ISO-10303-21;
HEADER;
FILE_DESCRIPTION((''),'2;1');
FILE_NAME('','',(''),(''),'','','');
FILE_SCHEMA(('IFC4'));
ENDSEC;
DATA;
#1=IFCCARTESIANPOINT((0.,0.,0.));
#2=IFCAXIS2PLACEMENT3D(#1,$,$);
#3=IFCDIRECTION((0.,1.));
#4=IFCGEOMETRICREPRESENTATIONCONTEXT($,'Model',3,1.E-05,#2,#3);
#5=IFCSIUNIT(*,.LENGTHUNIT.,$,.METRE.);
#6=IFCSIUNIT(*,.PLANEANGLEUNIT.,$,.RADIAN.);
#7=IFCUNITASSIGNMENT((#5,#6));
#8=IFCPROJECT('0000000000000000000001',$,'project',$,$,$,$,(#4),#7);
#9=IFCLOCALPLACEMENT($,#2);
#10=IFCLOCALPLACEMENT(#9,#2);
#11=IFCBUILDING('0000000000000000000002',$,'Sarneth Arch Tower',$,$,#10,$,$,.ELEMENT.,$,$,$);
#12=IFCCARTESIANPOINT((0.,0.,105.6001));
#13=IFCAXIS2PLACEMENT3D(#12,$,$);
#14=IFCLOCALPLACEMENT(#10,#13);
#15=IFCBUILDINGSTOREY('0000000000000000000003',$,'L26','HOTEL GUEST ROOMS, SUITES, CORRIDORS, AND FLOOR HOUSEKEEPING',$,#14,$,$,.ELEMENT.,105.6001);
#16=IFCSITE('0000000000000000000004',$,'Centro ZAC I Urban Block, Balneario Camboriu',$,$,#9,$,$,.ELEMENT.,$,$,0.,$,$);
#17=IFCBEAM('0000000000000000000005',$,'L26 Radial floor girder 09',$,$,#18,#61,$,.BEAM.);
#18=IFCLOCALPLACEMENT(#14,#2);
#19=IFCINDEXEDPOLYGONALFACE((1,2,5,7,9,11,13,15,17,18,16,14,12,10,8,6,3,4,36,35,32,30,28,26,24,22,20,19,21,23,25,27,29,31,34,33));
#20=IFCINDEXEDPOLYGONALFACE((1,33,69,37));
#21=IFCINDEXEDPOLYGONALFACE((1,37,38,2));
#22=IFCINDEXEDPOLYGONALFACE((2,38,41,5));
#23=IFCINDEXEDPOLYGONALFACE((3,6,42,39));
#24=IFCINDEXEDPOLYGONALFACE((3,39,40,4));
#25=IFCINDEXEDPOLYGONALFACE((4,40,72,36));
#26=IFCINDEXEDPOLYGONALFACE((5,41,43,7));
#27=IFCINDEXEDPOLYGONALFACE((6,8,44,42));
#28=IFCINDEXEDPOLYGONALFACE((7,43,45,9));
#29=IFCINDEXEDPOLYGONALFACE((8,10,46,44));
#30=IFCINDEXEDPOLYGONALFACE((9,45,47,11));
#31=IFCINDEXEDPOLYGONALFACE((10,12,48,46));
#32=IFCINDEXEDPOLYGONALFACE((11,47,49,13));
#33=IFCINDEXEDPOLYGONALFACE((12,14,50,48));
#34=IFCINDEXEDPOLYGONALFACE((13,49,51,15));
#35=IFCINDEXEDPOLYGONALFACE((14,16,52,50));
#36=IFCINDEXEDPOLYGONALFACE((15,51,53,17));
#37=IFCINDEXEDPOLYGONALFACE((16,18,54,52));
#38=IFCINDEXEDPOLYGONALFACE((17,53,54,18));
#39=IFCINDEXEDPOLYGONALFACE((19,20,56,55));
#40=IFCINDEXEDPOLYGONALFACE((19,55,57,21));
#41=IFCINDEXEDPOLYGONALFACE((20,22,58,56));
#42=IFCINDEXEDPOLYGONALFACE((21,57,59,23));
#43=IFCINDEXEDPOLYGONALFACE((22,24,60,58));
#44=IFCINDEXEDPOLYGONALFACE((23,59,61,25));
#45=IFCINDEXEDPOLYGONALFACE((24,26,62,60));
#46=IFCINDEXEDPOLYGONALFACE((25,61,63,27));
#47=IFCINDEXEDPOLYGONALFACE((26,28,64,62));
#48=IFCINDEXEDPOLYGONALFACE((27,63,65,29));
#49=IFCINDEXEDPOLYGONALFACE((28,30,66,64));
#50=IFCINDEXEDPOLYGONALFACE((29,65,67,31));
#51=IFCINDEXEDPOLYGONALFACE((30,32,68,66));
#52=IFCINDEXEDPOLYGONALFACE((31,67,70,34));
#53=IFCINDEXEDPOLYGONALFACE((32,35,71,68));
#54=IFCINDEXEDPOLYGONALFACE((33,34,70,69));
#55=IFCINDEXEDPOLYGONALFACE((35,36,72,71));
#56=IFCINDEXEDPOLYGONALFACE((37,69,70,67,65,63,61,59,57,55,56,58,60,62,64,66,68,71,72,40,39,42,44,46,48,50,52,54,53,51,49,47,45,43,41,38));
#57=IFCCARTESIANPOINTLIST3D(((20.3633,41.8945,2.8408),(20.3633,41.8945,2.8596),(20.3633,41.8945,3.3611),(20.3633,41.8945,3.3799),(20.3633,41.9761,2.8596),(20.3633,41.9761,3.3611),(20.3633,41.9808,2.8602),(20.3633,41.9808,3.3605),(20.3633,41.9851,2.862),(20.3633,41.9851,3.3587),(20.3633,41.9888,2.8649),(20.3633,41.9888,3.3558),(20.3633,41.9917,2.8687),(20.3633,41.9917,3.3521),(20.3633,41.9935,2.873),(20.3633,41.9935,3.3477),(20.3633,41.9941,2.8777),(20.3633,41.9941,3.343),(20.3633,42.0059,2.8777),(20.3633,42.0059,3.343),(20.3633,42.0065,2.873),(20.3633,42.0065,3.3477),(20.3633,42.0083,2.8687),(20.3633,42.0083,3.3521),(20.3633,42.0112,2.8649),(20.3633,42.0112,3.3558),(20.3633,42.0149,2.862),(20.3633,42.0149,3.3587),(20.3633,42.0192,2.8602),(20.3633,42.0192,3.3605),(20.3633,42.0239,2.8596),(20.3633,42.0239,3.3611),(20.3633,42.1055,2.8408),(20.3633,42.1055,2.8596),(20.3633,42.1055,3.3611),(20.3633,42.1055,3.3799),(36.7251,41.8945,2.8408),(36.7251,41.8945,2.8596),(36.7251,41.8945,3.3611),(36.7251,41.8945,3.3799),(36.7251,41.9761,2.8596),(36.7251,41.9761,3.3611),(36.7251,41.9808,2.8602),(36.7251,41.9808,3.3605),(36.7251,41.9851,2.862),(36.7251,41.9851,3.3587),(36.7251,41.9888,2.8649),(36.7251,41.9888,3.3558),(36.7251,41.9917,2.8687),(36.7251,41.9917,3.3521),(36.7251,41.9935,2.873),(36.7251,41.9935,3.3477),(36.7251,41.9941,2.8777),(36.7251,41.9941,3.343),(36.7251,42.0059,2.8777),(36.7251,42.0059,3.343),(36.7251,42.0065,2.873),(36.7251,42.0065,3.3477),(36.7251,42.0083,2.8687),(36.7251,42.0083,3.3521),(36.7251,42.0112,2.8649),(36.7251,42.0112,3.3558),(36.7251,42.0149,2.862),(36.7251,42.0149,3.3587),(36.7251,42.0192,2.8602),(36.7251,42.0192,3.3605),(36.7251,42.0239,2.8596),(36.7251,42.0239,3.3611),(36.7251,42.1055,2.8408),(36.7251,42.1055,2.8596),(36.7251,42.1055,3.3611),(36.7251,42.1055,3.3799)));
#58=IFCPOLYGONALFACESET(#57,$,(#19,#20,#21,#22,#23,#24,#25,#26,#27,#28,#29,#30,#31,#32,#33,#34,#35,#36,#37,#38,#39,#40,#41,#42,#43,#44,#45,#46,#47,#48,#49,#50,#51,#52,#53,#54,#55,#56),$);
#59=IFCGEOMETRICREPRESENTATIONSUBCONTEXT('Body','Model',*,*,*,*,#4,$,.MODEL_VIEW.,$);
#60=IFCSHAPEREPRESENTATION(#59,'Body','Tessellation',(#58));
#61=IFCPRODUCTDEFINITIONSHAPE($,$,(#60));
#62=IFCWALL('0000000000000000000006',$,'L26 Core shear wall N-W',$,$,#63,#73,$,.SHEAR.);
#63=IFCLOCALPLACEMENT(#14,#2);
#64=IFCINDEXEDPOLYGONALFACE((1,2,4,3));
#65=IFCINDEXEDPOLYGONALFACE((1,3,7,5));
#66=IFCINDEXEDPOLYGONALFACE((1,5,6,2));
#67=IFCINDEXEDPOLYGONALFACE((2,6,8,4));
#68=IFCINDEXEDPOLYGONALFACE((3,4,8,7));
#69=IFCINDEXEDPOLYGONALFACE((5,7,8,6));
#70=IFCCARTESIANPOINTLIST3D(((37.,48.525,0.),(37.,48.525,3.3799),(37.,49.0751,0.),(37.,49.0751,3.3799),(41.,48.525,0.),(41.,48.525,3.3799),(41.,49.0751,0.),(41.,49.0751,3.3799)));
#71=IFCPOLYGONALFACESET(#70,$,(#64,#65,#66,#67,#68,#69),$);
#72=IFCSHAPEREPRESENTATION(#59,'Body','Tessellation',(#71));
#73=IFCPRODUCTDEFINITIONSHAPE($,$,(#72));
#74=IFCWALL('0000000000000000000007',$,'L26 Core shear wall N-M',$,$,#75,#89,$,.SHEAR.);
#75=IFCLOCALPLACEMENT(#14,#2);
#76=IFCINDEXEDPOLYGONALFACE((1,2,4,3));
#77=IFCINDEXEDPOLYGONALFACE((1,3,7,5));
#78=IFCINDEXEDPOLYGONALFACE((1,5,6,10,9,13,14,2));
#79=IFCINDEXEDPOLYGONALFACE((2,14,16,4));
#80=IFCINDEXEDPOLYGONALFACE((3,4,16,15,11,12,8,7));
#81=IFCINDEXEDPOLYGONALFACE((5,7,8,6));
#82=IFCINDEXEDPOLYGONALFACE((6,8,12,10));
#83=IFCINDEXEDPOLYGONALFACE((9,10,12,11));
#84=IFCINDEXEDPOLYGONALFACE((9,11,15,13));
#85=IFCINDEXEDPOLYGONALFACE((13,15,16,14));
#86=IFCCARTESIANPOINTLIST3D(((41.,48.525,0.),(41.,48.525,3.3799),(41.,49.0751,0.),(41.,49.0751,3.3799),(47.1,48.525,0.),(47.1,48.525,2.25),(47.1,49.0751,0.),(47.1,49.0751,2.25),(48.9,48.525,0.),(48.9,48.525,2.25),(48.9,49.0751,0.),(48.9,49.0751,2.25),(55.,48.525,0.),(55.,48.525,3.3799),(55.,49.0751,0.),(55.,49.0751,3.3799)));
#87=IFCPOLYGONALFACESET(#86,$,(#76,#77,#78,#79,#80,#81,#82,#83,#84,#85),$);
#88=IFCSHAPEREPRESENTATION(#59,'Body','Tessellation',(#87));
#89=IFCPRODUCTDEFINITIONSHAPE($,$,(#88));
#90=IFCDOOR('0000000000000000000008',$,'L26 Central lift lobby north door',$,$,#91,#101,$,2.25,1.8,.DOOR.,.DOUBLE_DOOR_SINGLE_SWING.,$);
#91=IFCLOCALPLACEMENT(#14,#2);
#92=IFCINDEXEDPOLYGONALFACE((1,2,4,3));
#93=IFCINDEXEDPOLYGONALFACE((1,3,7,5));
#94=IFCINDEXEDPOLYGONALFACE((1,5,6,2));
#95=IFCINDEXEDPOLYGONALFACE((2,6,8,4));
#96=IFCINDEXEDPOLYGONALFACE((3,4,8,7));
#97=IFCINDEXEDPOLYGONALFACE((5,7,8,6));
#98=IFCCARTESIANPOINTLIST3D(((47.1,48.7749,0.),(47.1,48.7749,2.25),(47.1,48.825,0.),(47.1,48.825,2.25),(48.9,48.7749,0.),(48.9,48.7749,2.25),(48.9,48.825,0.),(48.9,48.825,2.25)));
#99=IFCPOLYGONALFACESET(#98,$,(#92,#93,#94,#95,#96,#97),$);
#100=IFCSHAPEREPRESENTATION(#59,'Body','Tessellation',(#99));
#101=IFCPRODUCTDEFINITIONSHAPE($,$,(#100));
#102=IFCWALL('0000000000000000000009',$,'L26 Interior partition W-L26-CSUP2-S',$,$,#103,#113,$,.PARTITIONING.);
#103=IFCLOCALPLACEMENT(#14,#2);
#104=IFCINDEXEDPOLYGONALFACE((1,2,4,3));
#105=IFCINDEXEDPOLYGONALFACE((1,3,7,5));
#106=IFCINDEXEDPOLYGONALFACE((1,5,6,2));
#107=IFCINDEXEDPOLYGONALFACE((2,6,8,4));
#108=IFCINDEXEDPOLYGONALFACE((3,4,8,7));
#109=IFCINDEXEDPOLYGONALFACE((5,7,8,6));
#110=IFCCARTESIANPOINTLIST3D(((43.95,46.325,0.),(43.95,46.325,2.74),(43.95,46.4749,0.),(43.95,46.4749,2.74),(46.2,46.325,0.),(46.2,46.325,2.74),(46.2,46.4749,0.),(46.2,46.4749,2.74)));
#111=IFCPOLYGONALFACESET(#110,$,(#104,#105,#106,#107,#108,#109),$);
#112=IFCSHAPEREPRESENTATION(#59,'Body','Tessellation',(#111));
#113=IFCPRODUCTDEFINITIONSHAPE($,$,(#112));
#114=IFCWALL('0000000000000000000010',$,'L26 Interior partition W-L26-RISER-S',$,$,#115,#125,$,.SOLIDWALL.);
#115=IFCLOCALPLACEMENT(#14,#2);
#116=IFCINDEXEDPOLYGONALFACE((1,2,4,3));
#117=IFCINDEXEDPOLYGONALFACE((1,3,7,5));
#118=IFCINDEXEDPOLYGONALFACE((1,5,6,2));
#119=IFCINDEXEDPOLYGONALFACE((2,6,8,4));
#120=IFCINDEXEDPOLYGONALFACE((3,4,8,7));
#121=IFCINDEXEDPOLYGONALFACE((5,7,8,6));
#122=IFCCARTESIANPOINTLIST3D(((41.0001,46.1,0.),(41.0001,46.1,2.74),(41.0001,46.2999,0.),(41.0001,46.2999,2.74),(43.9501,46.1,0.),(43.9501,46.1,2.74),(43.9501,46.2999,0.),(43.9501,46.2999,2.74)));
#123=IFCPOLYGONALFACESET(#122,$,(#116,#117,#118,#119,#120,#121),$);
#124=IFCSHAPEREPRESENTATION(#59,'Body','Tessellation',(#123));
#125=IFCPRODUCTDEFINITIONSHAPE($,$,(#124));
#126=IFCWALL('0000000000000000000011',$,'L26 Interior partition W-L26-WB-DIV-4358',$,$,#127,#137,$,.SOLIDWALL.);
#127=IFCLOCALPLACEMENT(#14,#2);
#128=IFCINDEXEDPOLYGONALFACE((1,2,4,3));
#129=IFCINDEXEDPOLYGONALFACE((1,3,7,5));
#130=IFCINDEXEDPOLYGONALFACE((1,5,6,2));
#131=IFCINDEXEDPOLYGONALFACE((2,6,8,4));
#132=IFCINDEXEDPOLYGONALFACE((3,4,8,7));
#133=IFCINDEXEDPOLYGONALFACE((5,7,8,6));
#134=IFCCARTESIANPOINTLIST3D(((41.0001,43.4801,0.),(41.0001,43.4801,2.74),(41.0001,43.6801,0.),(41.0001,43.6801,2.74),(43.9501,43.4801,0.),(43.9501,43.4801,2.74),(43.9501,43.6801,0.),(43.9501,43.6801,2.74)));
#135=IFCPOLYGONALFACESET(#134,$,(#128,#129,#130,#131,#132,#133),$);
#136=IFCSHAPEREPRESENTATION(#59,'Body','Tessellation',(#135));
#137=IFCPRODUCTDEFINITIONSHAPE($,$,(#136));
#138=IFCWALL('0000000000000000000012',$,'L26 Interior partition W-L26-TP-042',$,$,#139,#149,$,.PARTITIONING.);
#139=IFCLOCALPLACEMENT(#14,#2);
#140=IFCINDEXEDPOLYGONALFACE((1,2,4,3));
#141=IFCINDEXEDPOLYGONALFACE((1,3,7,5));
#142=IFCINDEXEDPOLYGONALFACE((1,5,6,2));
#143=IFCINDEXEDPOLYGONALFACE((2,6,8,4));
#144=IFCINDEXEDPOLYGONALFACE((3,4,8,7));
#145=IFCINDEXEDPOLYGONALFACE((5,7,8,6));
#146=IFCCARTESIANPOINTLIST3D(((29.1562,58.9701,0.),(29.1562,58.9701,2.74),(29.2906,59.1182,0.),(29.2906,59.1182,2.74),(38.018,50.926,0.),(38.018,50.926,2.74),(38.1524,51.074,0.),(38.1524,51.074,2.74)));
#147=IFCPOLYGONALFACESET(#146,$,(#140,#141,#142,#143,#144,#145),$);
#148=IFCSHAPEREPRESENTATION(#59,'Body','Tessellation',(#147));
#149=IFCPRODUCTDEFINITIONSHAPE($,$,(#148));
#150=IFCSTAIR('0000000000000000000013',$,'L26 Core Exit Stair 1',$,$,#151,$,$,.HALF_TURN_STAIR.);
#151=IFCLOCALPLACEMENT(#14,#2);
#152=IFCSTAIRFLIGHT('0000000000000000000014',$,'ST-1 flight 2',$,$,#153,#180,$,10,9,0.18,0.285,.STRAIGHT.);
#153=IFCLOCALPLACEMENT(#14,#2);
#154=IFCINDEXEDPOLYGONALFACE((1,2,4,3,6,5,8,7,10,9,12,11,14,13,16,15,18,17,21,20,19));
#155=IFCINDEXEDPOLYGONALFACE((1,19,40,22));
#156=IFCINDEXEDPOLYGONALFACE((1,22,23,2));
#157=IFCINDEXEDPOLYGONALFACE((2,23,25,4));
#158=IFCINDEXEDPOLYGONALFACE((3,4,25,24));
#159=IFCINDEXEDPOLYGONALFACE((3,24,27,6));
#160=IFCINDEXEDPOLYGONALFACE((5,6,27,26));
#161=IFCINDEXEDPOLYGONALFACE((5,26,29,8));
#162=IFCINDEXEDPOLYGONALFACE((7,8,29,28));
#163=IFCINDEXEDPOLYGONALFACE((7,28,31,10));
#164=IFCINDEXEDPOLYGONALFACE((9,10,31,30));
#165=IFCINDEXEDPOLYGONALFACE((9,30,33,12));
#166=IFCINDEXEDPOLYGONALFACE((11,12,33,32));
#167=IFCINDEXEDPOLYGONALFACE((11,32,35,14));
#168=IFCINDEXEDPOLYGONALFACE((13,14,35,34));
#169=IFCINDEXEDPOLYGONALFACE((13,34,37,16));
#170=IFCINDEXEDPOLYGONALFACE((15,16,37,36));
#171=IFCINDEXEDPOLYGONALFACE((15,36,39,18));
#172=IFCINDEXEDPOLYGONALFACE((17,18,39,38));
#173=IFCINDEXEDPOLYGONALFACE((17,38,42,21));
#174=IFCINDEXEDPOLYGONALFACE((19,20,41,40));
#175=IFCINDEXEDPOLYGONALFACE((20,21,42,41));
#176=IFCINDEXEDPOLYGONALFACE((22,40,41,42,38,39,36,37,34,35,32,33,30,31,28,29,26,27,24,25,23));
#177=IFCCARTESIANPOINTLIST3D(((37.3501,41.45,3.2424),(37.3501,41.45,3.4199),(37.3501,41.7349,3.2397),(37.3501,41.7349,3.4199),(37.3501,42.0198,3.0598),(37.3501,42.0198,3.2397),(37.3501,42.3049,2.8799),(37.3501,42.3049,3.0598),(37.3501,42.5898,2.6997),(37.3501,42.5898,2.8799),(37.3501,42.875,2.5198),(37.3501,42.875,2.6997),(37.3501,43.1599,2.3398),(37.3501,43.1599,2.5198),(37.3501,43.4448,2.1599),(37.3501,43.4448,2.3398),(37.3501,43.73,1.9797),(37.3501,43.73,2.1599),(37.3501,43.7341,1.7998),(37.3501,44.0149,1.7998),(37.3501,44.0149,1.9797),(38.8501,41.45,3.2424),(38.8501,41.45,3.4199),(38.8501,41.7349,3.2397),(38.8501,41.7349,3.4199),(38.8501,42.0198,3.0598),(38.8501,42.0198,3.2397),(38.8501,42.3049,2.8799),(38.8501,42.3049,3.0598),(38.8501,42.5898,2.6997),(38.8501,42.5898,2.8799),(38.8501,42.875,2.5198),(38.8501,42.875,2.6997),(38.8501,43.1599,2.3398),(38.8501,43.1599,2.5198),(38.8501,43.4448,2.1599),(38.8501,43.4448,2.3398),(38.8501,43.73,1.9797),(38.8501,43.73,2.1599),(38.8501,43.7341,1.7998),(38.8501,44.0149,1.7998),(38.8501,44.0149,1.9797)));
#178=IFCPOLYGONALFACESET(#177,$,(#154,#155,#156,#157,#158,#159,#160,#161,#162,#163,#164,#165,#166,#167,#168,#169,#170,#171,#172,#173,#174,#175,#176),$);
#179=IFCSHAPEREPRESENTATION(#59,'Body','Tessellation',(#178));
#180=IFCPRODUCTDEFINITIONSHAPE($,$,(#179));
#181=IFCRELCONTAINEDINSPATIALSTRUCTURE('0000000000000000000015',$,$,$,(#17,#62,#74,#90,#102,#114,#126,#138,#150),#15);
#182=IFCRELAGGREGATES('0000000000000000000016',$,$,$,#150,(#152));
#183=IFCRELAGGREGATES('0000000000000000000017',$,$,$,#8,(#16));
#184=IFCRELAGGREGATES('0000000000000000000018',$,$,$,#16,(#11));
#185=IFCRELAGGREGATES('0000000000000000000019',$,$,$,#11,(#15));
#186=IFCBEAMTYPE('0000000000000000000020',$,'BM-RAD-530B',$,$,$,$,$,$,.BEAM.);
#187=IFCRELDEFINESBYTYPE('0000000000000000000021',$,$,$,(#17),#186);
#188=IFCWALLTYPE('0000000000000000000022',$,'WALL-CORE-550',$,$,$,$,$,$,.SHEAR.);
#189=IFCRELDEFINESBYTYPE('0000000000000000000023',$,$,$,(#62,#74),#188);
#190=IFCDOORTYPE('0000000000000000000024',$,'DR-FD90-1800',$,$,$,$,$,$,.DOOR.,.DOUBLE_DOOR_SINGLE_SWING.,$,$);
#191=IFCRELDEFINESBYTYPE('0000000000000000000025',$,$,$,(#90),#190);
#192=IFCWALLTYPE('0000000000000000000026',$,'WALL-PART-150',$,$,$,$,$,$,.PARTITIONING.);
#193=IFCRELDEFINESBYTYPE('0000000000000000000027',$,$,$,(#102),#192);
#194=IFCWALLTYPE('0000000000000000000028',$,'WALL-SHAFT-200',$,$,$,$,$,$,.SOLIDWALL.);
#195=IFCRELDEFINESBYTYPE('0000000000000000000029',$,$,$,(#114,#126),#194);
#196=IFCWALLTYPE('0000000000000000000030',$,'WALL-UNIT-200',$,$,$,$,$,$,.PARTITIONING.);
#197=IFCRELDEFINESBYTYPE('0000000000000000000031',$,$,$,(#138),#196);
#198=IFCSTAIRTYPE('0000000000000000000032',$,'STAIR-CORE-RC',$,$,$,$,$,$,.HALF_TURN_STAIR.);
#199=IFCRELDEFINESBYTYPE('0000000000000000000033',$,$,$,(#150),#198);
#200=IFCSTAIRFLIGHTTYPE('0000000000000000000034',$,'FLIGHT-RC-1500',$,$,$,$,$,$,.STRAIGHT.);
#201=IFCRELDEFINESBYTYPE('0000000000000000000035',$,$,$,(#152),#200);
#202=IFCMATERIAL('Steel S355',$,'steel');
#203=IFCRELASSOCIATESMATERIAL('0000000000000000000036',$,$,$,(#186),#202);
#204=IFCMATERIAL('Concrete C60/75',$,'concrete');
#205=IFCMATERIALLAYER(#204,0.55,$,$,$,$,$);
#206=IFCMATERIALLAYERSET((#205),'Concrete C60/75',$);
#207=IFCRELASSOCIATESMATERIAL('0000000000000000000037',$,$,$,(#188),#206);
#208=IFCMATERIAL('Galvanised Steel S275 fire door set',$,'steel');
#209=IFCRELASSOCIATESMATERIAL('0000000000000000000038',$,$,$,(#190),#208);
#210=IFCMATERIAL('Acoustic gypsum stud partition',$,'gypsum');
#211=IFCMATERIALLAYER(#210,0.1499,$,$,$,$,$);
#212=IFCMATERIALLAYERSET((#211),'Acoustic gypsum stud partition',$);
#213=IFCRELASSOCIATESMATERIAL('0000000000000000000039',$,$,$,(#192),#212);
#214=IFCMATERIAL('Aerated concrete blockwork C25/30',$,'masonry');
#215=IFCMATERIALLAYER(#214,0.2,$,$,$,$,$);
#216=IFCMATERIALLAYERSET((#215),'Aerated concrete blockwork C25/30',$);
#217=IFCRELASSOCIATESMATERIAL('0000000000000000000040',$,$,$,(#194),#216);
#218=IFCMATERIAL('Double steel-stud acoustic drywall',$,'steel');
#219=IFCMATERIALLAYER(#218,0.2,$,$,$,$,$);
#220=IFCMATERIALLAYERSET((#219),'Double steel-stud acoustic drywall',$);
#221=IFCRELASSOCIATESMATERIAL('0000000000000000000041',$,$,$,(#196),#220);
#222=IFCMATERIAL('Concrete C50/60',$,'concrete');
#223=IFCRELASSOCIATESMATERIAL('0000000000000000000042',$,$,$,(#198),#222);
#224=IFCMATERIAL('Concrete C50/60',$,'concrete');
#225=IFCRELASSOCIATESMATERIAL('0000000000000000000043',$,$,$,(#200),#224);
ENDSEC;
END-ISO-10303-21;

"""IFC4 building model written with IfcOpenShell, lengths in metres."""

from ifc_helpers import new_model, si_unit, direction, frame, frame_2d, origin, origin_2d, place, context, subcontext, project, spatial, polyline, rectangle, i_section, outline, extrude, material, layer, layer_set, material_profile, profile_set, type_object, element, fill, aggregate, save


model = new_model("IFC4")

# Units and contexts
model_context = context("Model", 3, precision=1e-05, world=origin(), true_north=direction((0.0, 1.0)))
body_context = subcontext(model_context, "Body", "Model", "MODEL_VIEW")
ifc_project = project(units=[si_unit("LENGTHUNIT", "METRE"), si_unit("PLANEANGLEUNIT", "RADIAN")], contexts=[model_context])

# Site, building, storey
site_placement = place(None, origin())
site = spatial("IfcSite", under=ifc_project, at=site_placement, Name="Centro ZAC I Urban Block, Balneario Camboriu", CompositionType="ELEMENT", RefElevation=0.0)
building_placement = place(site_placement, origin())
building = spatial("IfcBuilding", under=site, at=building_placement, Name="Sarneth Arch Tower", CompositionType="ELEMENT")
storey_placement = place(building_placement, frame((0.0, 0.0, 105.6001)))
storey = spatial("IfcBuildingStorey", under=building, at=storey_placement, Name="L26", Description="HOTEL GUEST ROOMS, SUITES, CORRIDORS, AND FLOOR HOUSEKEEPING", CompositionType="ELEMENT", Elevation=105.6001)

# Beam
ifc_material_1 = material(Name="Steel S355", Category="steel")
ifc_material_profile = material_profile(ifc_material_1, i_section(OverallWidth=0.2109, OverallDepth=0.5391, WebThickness=0.0117, FlangeThickness=0.0188, FilletRadius=0.0181, at=origin_2d()), Name="W530x109")
ifc_profile_set = profile_set([ifc_material_profile], Name="Steel S355")
beam_type = type_object("IfcBeamType", Name="BM-RAD-530B", PredefinedType="BEAM", material=ifc_profile_set)
beam_1_placement = place(storey_placement, frame((36.7251, 42.0, 3.1104), z_axis=(-1.0, 0.0, 0.0), x_axis=(0.0, -1.0, 0.0)))
element("IfcBeam", 1, at=beam_1_placement, inside=storey, type_object=beam_type, Name="L26 Radial floor girder 09", PredefinedType="BEAM", context=body_context, shape_type="SweptSolid", body=[
    extrude(i_section(OverallWidth=0.2109, OverallDepth=0.5391, WebThickness=0.0117, FlangeThickness=0.0188, FilletRadius=0.0181, at=origin_2d()), origin(), (0.0, 0.0, 1.0), 16.3618),
])

# Wall
ifc_material_2 = material(Name="Concrete C60/75", Category="concrete")
ifc_layer_1 = layer(ifc_material_2, 0.55)
ifc_layer_set_1 = layer_set([ifc_layer_1], Name="Concrete C60/75")
wall_type_1 = type_object("IfcWallType", Name="WALL-CORE-550", PredefinedType="SHEAR", material=ifc_layer_set_1)
wall_1_placement = place(storey_placement, frame((37.0, 48.8, 0.0), z_axis=(0.0, 0.0, 1.0), x_axis=(1.0, 0.0, 0.0)))
element("IfcWall", 2, at=wall_1_placement, inside=storey, type_object=wall_type_1, Name="L26 Core shear wall N-W", PredefinedType="SHEAR", context=body_context, shape_type="SweptSolid", body=[
    extrude(rectangle(XDim=4.0, YDim=0.55, at=frame_2d((2.0, 0.0))), origin(), (0.0, 0.0, 1.0), 3.3799),
])

# Wall, opening, door
wall_2_placement = place(storey_placement, frame((41.0, 48.8, 0.0), z_axis=(0.0, 0.0, 1.0), x_axis=(1.0, 0.0, 0.0)))
wall_2 = element("IfcWall", 3, at=wall_2_placement, inside=storey, type_object=wall_type_1, Name="L26 Core shear wall N-M", PredefinedType="SHEAR", context=body_context, shape_type="SweptSolid", body=[
    extrude(rectangle(XDim=14.0, YDim=0.55, at=frame_2d((7.0, 0.0))), origin(), (0.0, 0.0, 1.0), 3.3799),
])
opening_1_placement = place(wall_2_placement, frame((6.1001, 0.0, 0.0)))
opening_1 = element("IfcOpeningElement", 4, at=opening_1_placement, cuts=wall_2, PredefinedType="OPENING", context=body_context, shape_type="SweptSolid", body=[
    extrude(rectangle(XDim=1.8, YDim=2.25, at=frame_2d((0.8999, 1.125))), frame((0.0, 0.2849, 0.0), z_axis=(0.0, -1.0, 0.0), x_axis=(1.0, 0.0, 0.0)), (0.0, 0.0, 1.0), 0.5701),
])
ifc_material_3 = material(Name="Galvanised Steel S275 fire door set", Category="steel")
door_type_1 = type_object("IfcDoorType", Name="DR-FD90-1800", OperationType="DOUBLE_DOOR_SINGLE_SWING", PredefinedType="DOOR", material=ifc_material_3)
door_1_placement = place(opening_1_placement, origin())
door_1 = element("IfcDoor", 5, at=door_1_placement, inside=storey, type_object=door_type_1, Name="L26 Central lift lobby north door", OperationType="DOUBLE_DOOR_SINGLE_SWING", OverallHeight=2.25, OverallWidth=1.8, PredefinedType="DOOR", context=body_context, shape_type="SweptSolid", body=[
    extrude(rectangle(XDim=1.8, YDim=2.25, at=frame_2d((0.8999, 1.125))), frame((0.0, 0.0249, 0.0), z_axis=(0.0, -1.0, 0.0), x_axis=(1.0, 0.0, 0.0)), (0.0, 0.0, 1.0), 0.05),
])
fill(opening_1, door_1)

# Wall
ifc_material_4 = material(Name="Acoustic gypsum stud partition", Category="gypsum")
ifc_layer_2 = layer(ifc_material_4, 0.1499)
ifc_layer_set_2 = layer_set([ifc_layer_2], Name="Acoustic gypsum stud partition")
wall_type_2 = type_object("IfcWallType", Name="WALL-PART-150", PredefinedType="PARTITIONING", material=ifc_layer_set_2)
wall_3_placement = place(storey_placement, frame((43.95, 46.3999, 0.0), z_axis=(0.0, 0.0, 1.0), x_axis=(1.0, 0.0, 0.0)))
element("IfcWall", 6, at=wall_3_placement, inside=storey, type_object=wall_type_2, Name="L26 Interior partition W-L26-CSUP2-S", PredefinedType="PARTITIONING", context=body_context, shape_type="SweptSolid", body=[
    extrude(rectangle(XDim=2.25, YDim=0.1499, at=frame_2d((1.125, 0.0))), origin(), (0.0, 0.0, 1.0), 2.74),
])

# Wall
ifc_material_5 = material(Name="Aerated concrete blockwork C25/30", Category="masonry")
ifc_layer_3 = layer(ifc_material_5, 0.2)
ifc_layer_set_3 = layer_set([ifc_layer_3], Name="Aerated concrete blockwork C25/30")
wall_type_3 = type_object("IfcWallType", Name="WALL-SHAFT-200", PredefinedType="SOLIDWALL", material=ifc_layer_set_3)
wall_4_placement = place(storey_placement, frame((41.0, 46.2, 0.0), z_axis=(0.0, 0.0, 1.0), x_axis=(1.0, 0.0, 0.0)))
element("IfcWall", 7, at=wall_4_placement, inside=storey, type_object=wall_type_3, Name="L26 Interior partition W-L26-RISER-S", PredefinedType="SOLIDWALL", context=body_context, shape_type="SweptSolid", body=[
    extrude(rectangle(XDim=2.95, YDim=0.2, at=frame_2d((1.4751, 0.0))), origin(), (0.0, 0.0, 1.0), 2.74),
])

# Walls
wall_5_placement = place(storey_placement, frame((41.0, 43.5801, 0.0), z_axis=(0.0, 0.0, 1.0), x_axis=(1.0, 0.0, 0.0)))
element("IfcWall", 8, at=wall_5_placement, inside=storey, type_object=wall_type_3, Name="L26 Interior partition W-L26-WB-DIV-4358", PredefinedType="SOLIDWALL", context=body_context, shape_type="SweptSolid", body=[
    extrude(rectangle(XDim=2.95, YDim=0.2, at=frame_2d((1.4751, 0.0))), origin(), (0.0, 0.0, 1.0), 2.74),
])
ifc_material_6 = material(Name="Double steel-stud acoustic drywall", Category="steel")
ifc_layer_4 = layer(ifc_material_6, 0.2)
ifc_layer_set_4 = layer_set([ifc_layer_4], Name="Double steel-stud acoustic drywall")
wall_type_4 = type_object("IfcWallType", Name="WALL-UNIT-200", PredefinedType="PARTITIONING", material=ifc_layer_set_4)
wall_6_placement = place(storey_placement, frame((38.0852, 51.0, 0.0), z_axis=(0.0, 0.0, 1.0), x_axis=(-0.740439, 0.672123, 0.0)))
element("IfcWall", 9, at=wall_6_placement, inside=storey, type_object=wall_type_4, Name="L26 Interior partition W-L26-TP-042", PredefinedType="PARTITIONING", context=body_context, shape_type="SweptSolid", body=[
    extrude(rectangle(XDim=11.9683, YDim=0.2, at=frame_2d((5.9841, 0.0))), origin(), (0.0, 0.0, 1.0), 2.74),
])

# Stair, stair flight
ifc_material_7 = material(Name="Concrete C50/60", Category="concrete")
stair_type = type_object("IfcStairType", Name="STAIR-CORE-RC", PredefinedType="HALF_TURN_STAIR", material=ifc_material_7)
stair_placement = place(storey_placement, origin())
stair = element("IfcStair", 10, at=stair_placement, inside=storey, type_object=stair_type, Name="L26 Core Exit Stair 1", PredefinedType="HALF_TURN_STAIR")
ifc_material_8 = material(Name="Concrete C50/60", Category="concrete")
stair_flight_type = type_object("IfcStairFlightType", Name="FLIGHT-RC-1500", PredefinedType="STRAIGHT", material=ifc_material_8)
stair_flight_placement = place(storey_placement, frame((38.1001, 44.0149, 1.7998), z_axis=(0.0, 0.0, 1.0), x_axis=(0.0, -1.0, 0.0)))
stair_flight = element("IfcStairFlight", 11, at=stair_flight_placement, type_object=stair_flight_type, Name="ST-1 flight 2", NumberOfRisers=10, NumberOfTreads=9, PredefinedType="STRAIGHT", RiserHeight=0.18, TreadLength=0.285, context=body_context, shape_type="SweptSolid", body=[
    extrude(outline(polyline([(0.0, 0.0), (0.0, 0.1799), (0.2849, 0.1799), (0.2849, 0.3601), (0.5701, 0.3601), (0.5701, 0.54), (0.855, 0.54), (0.855, 0.72), (1.1399, 0.72), (1.1399, 0.8999), (1.425, 0.8999), (1.425, 1.0801), (1.71, 1.0801), (1.71, 1.26), (1.9951, 1.26), (1.9951, 1.4399), (2.28, 1.4399), (2.28, 1.6201), (2.5649, 1.6201), (2.5649, 1.8), (2.5649, 1.4426), (0.2808, 0.0), (0.0, 0.0)])), frame((0.0, 0.75, 0.0), z_axis=(0.0, -1.0, 0.0), x_axis=(1.0, 0.0, 0.0)), (0.0, 0.0, 1.0), 1.5),
])
aggregate(stair, [stair_flight])

save(model, "model.ifc")
